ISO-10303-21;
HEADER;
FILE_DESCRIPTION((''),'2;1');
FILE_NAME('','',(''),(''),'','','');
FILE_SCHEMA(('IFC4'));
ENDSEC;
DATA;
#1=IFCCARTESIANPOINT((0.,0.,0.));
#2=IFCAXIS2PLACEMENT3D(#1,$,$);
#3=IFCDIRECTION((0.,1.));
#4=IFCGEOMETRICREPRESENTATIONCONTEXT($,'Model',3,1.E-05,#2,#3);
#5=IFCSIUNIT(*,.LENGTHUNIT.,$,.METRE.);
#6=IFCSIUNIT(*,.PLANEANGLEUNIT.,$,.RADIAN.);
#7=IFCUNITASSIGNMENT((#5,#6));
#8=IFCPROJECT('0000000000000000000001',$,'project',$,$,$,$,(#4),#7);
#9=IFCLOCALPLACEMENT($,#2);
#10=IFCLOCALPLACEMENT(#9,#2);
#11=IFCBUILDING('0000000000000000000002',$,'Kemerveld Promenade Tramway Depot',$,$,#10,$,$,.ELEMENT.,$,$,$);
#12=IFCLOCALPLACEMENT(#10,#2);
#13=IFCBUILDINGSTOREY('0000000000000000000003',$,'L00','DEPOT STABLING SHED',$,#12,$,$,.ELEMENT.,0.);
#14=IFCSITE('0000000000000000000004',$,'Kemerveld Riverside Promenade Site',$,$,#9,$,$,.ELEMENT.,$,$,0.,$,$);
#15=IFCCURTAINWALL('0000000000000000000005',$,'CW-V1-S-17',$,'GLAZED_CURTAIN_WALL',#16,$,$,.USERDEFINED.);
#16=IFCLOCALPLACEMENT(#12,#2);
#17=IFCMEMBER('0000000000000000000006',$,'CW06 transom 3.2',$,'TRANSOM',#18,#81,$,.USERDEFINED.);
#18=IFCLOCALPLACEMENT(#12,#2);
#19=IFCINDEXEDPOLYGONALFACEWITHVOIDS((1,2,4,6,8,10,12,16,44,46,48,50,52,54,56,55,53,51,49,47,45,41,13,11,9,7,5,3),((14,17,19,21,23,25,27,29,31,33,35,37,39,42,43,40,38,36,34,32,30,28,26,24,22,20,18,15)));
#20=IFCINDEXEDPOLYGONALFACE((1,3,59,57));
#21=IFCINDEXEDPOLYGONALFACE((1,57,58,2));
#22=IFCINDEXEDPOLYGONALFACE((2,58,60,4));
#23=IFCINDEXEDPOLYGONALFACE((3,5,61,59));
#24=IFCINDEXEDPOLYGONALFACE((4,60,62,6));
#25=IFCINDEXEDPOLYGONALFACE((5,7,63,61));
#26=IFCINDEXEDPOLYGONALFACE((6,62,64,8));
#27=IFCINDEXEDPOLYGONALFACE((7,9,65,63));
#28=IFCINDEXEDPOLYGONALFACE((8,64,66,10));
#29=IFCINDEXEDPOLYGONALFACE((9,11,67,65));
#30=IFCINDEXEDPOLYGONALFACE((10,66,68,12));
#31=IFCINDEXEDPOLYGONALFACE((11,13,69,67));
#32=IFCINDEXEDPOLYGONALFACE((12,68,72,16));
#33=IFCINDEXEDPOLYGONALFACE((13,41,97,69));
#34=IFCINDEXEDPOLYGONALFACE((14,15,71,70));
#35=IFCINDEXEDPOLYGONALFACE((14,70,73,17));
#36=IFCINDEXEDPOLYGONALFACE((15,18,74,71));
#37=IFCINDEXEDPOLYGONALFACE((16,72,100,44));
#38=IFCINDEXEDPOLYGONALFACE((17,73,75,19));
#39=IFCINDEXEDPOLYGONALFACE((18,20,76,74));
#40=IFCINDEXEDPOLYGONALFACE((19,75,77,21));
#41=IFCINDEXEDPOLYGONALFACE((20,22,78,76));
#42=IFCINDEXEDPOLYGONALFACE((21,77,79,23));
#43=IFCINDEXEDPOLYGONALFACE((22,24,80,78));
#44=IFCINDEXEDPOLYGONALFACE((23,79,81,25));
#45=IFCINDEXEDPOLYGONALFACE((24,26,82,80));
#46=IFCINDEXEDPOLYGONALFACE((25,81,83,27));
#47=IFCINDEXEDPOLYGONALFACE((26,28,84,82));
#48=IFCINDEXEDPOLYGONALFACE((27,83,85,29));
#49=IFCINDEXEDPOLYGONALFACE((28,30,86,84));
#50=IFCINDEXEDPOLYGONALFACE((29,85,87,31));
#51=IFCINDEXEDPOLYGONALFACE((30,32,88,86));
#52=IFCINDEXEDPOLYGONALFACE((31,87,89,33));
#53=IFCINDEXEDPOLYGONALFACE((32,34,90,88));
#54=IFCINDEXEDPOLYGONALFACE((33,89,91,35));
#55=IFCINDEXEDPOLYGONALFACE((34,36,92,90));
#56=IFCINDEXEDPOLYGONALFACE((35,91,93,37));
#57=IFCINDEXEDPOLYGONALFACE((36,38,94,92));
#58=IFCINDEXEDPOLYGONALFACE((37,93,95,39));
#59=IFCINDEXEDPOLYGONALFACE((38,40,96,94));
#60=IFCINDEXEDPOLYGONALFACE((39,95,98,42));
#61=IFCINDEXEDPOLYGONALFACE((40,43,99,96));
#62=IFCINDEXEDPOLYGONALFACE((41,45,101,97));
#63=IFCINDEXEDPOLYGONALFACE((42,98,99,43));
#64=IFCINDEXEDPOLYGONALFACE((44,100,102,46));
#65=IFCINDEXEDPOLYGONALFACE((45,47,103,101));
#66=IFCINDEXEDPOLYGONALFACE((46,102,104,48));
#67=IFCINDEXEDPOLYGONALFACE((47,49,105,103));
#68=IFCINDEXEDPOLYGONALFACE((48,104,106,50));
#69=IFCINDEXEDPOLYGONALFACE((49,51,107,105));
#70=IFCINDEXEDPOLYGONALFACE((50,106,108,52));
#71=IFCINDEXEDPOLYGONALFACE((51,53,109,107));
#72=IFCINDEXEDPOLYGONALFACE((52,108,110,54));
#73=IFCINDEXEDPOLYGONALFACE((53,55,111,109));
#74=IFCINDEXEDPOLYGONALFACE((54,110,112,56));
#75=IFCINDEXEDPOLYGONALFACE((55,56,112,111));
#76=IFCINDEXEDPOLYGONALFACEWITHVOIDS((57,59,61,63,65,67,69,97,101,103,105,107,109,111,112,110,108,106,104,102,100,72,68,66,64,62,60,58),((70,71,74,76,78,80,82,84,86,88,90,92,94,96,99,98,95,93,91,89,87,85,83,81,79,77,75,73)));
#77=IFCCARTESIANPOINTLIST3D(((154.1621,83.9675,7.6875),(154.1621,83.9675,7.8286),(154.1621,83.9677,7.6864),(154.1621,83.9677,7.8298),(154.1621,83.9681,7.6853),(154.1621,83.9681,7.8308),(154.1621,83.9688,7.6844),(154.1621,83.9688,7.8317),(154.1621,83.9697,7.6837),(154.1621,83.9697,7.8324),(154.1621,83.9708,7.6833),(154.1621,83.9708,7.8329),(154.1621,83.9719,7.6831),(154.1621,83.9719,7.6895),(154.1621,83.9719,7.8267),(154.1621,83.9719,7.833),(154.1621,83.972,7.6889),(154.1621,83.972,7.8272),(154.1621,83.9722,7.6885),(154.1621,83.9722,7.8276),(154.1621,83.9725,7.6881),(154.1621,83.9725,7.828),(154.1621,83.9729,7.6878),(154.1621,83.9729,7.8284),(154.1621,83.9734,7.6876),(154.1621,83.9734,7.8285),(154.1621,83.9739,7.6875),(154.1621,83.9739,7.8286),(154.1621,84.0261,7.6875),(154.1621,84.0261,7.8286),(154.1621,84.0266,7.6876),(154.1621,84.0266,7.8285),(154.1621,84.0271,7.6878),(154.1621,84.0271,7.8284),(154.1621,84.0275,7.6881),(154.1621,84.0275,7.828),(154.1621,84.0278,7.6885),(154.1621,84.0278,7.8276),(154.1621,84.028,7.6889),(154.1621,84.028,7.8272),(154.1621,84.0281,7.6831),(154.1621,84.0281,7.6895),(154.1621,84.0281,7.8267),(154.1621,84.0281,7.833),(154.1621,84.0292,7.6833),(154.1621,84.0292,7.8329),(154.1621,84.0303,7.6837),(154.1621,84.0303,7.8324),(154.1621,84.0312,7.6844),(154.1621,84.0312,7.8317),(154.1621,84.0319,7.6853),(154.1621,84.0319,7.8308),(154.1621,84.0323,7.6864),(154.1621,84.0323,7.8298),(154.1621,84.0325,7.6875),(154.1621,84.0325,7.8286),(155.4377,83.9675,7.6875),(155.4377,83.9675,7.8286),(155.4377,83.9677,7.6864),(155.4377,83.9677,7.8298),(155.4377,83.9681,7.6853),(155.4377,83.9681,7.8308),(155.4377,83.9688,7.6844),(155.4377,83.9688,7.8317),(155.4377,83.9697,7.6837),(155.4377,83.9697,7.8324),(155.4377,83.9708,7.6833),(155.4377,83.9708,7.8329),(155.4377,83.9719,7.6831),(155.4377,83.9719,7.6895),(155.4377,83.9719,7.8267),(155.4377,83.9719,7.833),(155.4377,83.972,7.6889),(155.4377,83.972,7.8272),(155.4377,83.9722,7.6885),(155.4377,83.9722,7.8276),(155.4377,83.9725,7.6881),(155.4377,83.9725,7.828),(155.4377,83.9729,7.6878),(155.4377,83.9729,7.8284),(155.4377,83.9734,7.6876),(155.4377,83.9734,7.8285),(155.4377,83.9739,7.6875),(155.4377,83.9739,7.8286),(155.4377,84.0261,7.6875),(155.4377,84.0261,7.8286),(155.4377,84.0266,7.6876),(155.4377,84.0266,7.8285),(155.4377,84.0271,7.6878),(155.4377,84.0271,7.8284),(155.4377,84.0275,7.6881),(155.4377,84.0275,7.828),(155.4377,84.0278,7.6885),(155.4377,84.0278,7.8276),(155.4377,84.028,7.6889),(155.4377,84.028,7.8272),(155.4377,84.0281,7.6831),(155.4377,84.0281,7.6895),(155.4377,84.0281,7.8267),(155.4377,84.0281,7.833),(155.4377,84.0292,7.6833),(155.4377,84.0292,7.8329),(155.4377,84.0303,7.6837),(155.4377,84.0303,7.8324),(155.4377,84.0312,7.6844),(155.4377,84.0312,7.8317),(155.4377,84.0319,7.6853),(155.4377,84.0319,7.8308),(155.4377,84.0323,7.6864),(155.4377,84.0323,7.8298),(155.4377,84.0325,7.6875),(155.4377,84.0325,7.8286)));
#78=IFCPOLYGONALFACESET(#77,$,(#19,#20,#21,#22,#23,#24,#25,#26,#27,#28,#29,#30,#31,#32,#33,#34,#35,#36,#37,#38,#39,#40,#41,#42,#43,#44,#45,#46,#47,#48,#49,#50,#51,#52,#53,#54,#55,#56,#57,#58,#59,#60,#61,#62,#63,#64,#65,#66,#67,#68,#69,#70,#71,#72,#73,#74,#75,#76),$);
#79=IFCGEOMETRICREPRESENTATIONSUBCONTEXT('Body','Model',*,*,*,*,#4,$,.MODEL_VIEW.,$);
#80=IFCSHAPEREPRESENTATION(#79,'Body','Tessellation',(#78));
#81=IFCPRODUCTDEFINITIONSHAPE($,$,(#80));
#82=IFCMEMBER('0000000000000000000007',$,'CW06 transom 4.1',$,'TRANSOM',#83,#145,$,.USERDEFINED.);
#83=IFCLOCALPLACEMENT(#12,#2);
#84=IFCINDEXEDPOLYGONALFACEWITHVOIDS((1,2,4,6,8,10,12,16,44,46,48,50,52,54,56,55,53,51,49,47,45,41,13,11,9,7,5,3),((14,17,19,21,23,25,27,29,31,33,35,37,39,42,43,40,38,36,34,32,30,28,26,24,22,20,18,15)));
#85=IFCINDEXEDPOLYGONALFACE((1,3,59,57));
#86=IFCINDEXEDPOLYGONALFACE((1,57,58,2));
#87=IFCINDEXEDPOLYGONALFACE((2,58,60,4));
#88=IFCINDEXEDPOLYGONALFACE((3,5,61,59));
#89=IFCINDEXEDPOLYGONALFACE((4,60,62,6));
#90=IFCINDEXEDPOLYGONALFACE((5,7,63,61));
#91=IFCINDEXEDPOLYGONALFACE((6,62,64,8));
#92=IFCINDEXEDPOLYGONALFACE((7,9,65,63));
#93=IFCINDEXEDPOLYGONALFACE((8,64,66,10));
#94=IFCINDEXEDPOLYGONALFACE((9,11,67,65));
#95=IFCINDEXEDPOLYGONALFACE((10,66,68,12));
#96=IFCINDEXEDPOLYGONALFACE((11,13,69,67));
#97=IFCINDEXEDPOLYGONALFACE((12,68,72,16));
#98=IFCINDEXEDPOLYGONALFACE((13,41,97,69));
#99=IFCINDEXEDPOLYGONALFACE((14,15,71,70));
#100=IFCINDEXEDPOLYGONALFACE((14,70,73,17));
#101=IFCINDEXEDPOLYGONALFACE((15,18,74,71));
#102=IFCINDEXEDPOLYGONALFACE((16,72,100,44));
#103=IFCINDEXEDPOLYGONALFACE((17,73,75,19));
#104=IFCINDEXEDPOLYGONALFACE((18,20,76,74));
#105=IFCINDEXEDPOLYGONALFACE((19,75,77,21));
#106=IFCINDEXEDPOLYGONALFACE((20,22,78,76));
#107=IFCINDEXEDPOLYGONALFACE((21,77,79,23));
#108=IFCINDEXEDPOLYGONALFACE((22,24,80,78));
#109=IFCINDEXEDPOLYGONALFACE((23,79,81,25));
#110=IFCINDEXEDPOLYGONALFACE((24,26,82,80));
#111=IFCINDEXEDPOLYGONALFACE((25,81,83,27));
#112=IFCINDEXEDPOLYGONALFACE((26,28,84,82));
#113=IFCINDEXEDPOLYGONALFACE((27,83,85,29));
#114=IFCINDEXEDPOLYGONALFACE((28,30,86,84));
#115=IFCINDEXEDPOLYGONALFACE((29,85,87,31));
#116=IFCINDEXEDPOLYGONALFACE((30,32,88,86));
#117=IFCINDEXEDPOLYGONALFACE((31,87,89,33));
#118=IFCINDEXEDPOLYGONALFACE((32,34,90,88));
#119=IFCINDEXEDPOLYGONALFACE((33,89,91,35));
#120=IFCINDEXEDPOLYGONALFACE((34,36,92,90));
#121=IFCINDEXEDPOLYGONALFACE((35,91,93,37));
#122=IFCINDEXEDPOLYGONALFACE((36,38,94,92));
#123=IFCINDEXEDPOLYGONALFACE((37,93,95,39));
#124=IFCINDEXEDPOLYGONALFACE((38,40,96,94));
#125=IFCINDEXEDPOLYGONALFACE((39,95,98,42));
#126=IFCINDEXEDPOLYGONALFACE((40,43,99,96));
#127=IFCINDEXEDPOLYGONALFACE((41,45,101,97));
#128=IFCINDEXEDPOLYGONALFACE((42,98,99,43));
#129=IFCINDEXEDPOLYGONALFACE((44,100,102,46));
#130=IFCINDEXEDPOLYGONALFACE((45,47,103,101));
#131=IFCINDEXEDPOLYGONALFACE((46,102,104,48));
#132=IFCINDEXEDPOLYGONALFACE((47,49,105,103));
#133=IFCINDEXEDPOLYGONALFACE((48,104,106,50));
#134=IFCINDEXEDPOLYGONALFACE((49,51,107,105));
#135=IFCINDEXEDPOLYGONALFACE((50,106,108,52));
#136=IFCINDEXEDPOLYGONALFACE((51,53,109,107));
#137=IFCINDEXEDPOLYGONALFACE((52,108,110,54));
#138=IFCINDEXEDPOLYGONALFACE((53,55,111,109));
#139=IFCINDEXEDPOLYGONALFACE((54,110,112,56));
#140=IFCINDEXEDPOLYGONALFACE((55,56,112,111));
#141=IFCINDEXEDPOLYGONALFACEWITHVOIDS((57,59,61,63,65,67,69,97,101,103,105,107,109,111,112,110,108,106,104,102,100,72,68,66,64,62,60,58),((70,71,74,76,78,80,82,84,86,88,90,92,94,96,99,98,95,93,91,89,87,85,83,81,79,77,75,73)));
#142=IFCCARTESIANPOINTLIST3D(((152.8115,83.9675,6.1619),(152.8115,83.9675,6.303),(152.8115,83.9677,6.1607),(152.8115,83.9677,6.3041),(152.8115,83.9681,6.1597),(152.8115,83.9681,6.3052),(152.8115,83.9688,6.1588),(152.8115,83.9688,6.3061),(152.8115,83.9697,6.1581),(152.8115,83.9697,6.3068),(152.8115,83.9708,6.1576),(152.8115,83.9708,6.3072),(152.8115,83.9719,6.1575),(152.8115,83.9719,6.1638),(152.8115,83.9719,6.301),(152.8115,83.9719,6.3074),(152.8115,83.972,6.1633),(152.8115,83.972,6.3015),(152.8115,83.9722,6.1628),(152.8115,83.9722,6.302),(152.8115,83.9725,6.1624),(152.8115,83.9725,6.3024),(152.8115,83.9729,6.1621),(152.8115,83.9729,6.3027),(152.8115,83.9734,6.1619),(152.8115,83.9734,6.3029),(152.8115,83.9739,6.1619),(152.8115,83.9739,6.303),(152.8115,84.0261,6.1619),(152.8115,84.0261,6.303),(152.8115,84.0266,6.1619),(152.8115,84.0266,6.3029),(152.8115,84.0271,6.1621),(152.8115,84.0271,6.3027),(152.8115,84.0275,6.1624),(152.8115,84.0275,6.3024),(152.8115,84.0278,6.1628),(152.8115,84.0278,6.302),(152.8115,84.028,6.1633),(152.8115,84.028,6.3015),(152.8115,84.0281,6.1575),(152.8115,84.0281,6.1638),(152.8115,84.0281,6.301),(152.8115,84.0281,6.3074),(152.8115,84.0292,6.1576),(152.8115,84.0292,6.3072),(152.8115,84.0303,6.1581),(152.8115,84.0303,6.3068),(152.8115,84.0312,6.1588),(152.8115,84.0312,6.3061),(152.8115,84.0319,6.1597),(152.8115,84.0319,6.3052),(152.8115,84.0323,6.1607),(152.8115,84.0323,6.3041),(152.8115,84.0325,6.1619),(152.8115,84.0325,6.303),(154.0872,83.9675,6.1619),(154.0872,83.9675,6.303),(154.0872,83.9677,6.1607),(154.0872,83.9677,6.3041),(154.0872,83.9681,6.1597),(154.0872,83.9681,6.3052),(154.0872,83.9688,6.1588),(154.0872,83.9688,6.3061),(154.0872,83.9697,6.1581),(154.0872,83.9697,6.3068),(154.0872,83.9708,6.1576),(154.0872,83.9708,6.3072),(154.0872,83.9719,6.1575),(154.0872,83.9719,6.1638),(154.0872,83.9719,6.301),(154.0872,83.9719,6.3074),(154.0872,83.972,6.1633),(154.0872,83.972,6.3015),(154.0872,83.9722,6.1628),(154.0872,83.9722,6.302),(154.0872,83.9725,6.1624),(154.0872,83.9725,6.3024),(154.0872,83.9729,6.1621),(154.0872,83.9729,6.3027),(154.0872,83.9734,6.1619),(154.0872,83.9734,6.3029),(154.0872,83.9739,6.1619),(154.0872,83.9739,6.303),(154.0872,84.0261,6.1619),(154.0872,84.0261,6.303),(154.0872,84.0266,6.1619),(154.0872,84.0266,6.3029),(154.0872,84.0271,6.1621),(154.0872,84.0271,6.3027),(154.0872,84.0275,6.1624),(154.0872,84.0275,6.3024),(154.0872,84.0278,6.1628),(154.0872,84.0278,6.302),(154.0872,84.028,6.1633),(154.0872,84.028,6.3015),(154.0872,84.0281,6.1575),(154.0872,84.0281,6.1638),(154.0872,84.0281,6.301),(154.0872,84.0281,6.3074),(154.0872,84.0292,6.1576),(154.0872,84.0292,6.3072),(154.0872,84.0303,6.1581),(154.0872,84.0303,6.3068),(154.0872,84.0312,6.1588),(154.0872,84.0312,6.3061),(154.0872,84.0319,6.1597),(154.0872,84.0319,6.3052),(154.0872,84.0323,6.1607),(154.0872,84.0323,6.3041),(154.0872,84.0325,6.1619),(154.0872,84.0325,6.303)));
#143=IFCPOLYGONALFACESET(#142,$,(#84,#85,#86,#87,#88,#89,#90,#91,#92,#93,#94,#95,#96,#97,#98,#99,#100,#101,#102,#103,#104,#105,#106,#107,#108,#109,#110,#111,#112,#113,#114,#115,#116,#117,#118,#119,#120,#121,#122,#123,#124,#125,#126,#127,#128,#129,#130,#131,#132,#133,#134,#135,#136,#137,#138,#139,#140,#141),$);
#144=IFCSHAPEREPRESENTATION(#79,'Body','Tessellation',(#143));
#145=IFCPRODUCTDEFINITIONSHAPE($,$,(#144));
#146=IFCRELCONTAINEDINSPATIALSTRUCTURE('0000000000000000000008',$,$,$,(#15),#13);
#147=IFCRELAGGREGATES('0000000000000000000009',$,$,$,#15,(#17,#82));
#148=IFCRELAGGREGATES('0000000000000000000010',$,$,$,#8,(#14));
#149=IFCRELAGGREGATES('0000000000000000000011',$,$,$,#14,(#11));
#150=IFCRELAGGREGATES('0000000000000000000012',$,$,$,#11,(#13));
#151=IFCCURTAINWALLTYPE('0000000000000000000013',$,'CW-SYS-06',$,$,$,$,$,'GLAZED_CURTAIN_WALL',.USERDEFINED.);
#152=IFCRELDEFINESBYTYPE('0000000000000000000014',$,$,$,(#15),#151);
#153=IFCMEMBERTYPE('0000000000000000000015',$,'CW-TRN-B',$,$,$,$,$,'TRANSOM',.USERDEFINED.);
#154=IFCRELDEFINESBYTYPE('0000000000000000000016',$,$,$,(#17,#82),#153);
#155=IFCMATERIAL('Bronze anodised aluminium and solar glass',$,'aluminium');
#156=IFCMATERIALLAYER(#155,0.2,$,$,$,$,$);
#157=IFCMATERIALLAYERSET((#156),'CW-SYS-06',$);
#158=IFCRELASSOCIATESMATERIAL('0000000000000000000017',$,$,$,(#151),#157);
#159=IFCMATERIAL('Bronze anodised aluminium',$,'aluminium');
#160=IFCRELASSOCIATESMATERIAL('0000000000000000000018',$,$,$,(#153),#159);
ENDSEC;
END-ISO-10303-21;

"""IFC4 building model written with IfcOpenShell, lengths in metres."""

from ifc_helpers import new_model, si_unit, direction, frame, origin, origin_2d, place, context, subcontext, project, spatial, hollow_rectangle, extrude, material, layer, layer_set, material_profile, profile_set, type_object, element, aggregate, save


model = new_model("IFC4")

# Units and contexts
model_context = context("Model", 3, precision=1e-05, world=origin(), true_north=direction((0.0, 1.0)))
body_context = subcontext(model_context, "Body", "Model", "MODEL_VIEW")
ifc_project = project(units=[si_unit("LENGTHUNIT", "METRE"), si_unit("PLANEANGLEUNIT", "RADIAN")], contexts=[model_context])

# Site, building, storey
site_placement = place(None, origin())
site = spatial("IfcSite", under=ifc_project, at=site_placement, Name="Kemerveld Riverside Promenade Site", CompositionType="ELEMENT", RefElevation=0.0)
building_placement = place(site_placement, origin())
building = spatial("IfcBuilding", under=site, at=building_placement, Name="Kemerveld Promenade Tramway Depot", CompositionType="ELEMENT")
storey_placement = place(building_placement, origin())
storey = spatial("IfcBuildingStorey", under=building, at=storey_placement, Name="L00", Description="DEPOT STABLING SHED", CompositionType="ELEMENT", Elevation=0.0)

# Shared definitions
ifc_material_1 = material(Name="Bronze anodised aluminium and solar glass", Category="aluminium")
ifc_material_2 = material(Name="Bronze anodised aluminium", Category="aluminium")

# Curtain wall
ifc_layer_1 = layer(ifc_material_1, 0.2)
ifc_layer_set_1 = layer_set([ifc_layer_1], Name="CW-SYS-06")
curtain_wall_type_1 = type_object("IfcCurtainWallType", Name="CW-SYS-06", ElementType="GLAZED_CURTAIN_WALL", PredefinedType="USERDEFINED", material=ifc_layer_set_1)
curtain_wall_1_placement = place(storey_placement, origin())
curtain_wall_1 = element("IfcCurtainWall", 1, at=curtain_wall_1_placement, inside=storey, type_object=curtain_wall_type_1, Name="CW-V1-S-17", ObjectType="GLAZED_CURTAIN_WALL", PredefinedType="USERDEFINED")

# Members
ifc_material_profile_1 = material_profile(ifc_material_2, hollow_rectangle(XDim=0.0649, YDim=0.1499, WallThickness=0.0044, InnerFilletRadius=0.002, OuterFilletRadius=0.0044, at=origin_2d()), Name="CW-TRN-150x65")
ifc_profile_set_1 = profile_set([ifc_material_profile_1], Name="Bronze anodised aluminium")
member_type_1 = type_object("IfcMemberType", Name="CW-TRN-B", ElementType="TRANSOM", PredefinedType="USERDEFINED", material=ifc_profile_set_1)
member_1_placement = place(storey_placement, frame((155.4377, 84.0, 7.7581), z_axis=(-1.0, 0.0, 0.0), x_axis=(0.0, -1.0, 0.0)))
member_1 = element("IfcMember", 2, at=member_1_placement, type_object=member_type_1, Name="CW06 transom 3.2", ObjectType="TRANSOM", PredefinedType="USERDEFINED", context=body_context, shape_type="SweptSolid", body=[
    extrude(hollow_rectangle(XDim=0.0649, YDim=0.1499, WallThickness=0.0044, InnerFilletRadius=0.002, OuterFilletRadius=0.0044, at=origin_2d()), origin(), (0.0, 0.0, 1.0), 1.2756),
])
member_2_placement = place(storey_placement, frame((154.0872, 84.0, 6.2324), z_axis=(-1.0, 0.0, 0.0), x_axis=(0.0, -1.0, 0.0)))
member_2 = element("IfcMember", 3, at=member_2_placement, type_object=member_type_1, Name="CW06 transom 4.1", ObjectType="TRANSOM", PredefinedType="USERDEFINED", context=body_context, shape_type="SweptSolid", body=[
    extrude(hollow_rectangle(XDim=0.0649, YDim=0.1499, WallThickness=0.0044, InnerFilletRadius=0.002, OuterFilletRadius=0.0044, at=origin_2d()), origin(), (0.0, 0.0, 1.0), 1.2756),
])

aggregate(curtain_wall_1, [member_1, member_2])

save(model, "model.ifc")
